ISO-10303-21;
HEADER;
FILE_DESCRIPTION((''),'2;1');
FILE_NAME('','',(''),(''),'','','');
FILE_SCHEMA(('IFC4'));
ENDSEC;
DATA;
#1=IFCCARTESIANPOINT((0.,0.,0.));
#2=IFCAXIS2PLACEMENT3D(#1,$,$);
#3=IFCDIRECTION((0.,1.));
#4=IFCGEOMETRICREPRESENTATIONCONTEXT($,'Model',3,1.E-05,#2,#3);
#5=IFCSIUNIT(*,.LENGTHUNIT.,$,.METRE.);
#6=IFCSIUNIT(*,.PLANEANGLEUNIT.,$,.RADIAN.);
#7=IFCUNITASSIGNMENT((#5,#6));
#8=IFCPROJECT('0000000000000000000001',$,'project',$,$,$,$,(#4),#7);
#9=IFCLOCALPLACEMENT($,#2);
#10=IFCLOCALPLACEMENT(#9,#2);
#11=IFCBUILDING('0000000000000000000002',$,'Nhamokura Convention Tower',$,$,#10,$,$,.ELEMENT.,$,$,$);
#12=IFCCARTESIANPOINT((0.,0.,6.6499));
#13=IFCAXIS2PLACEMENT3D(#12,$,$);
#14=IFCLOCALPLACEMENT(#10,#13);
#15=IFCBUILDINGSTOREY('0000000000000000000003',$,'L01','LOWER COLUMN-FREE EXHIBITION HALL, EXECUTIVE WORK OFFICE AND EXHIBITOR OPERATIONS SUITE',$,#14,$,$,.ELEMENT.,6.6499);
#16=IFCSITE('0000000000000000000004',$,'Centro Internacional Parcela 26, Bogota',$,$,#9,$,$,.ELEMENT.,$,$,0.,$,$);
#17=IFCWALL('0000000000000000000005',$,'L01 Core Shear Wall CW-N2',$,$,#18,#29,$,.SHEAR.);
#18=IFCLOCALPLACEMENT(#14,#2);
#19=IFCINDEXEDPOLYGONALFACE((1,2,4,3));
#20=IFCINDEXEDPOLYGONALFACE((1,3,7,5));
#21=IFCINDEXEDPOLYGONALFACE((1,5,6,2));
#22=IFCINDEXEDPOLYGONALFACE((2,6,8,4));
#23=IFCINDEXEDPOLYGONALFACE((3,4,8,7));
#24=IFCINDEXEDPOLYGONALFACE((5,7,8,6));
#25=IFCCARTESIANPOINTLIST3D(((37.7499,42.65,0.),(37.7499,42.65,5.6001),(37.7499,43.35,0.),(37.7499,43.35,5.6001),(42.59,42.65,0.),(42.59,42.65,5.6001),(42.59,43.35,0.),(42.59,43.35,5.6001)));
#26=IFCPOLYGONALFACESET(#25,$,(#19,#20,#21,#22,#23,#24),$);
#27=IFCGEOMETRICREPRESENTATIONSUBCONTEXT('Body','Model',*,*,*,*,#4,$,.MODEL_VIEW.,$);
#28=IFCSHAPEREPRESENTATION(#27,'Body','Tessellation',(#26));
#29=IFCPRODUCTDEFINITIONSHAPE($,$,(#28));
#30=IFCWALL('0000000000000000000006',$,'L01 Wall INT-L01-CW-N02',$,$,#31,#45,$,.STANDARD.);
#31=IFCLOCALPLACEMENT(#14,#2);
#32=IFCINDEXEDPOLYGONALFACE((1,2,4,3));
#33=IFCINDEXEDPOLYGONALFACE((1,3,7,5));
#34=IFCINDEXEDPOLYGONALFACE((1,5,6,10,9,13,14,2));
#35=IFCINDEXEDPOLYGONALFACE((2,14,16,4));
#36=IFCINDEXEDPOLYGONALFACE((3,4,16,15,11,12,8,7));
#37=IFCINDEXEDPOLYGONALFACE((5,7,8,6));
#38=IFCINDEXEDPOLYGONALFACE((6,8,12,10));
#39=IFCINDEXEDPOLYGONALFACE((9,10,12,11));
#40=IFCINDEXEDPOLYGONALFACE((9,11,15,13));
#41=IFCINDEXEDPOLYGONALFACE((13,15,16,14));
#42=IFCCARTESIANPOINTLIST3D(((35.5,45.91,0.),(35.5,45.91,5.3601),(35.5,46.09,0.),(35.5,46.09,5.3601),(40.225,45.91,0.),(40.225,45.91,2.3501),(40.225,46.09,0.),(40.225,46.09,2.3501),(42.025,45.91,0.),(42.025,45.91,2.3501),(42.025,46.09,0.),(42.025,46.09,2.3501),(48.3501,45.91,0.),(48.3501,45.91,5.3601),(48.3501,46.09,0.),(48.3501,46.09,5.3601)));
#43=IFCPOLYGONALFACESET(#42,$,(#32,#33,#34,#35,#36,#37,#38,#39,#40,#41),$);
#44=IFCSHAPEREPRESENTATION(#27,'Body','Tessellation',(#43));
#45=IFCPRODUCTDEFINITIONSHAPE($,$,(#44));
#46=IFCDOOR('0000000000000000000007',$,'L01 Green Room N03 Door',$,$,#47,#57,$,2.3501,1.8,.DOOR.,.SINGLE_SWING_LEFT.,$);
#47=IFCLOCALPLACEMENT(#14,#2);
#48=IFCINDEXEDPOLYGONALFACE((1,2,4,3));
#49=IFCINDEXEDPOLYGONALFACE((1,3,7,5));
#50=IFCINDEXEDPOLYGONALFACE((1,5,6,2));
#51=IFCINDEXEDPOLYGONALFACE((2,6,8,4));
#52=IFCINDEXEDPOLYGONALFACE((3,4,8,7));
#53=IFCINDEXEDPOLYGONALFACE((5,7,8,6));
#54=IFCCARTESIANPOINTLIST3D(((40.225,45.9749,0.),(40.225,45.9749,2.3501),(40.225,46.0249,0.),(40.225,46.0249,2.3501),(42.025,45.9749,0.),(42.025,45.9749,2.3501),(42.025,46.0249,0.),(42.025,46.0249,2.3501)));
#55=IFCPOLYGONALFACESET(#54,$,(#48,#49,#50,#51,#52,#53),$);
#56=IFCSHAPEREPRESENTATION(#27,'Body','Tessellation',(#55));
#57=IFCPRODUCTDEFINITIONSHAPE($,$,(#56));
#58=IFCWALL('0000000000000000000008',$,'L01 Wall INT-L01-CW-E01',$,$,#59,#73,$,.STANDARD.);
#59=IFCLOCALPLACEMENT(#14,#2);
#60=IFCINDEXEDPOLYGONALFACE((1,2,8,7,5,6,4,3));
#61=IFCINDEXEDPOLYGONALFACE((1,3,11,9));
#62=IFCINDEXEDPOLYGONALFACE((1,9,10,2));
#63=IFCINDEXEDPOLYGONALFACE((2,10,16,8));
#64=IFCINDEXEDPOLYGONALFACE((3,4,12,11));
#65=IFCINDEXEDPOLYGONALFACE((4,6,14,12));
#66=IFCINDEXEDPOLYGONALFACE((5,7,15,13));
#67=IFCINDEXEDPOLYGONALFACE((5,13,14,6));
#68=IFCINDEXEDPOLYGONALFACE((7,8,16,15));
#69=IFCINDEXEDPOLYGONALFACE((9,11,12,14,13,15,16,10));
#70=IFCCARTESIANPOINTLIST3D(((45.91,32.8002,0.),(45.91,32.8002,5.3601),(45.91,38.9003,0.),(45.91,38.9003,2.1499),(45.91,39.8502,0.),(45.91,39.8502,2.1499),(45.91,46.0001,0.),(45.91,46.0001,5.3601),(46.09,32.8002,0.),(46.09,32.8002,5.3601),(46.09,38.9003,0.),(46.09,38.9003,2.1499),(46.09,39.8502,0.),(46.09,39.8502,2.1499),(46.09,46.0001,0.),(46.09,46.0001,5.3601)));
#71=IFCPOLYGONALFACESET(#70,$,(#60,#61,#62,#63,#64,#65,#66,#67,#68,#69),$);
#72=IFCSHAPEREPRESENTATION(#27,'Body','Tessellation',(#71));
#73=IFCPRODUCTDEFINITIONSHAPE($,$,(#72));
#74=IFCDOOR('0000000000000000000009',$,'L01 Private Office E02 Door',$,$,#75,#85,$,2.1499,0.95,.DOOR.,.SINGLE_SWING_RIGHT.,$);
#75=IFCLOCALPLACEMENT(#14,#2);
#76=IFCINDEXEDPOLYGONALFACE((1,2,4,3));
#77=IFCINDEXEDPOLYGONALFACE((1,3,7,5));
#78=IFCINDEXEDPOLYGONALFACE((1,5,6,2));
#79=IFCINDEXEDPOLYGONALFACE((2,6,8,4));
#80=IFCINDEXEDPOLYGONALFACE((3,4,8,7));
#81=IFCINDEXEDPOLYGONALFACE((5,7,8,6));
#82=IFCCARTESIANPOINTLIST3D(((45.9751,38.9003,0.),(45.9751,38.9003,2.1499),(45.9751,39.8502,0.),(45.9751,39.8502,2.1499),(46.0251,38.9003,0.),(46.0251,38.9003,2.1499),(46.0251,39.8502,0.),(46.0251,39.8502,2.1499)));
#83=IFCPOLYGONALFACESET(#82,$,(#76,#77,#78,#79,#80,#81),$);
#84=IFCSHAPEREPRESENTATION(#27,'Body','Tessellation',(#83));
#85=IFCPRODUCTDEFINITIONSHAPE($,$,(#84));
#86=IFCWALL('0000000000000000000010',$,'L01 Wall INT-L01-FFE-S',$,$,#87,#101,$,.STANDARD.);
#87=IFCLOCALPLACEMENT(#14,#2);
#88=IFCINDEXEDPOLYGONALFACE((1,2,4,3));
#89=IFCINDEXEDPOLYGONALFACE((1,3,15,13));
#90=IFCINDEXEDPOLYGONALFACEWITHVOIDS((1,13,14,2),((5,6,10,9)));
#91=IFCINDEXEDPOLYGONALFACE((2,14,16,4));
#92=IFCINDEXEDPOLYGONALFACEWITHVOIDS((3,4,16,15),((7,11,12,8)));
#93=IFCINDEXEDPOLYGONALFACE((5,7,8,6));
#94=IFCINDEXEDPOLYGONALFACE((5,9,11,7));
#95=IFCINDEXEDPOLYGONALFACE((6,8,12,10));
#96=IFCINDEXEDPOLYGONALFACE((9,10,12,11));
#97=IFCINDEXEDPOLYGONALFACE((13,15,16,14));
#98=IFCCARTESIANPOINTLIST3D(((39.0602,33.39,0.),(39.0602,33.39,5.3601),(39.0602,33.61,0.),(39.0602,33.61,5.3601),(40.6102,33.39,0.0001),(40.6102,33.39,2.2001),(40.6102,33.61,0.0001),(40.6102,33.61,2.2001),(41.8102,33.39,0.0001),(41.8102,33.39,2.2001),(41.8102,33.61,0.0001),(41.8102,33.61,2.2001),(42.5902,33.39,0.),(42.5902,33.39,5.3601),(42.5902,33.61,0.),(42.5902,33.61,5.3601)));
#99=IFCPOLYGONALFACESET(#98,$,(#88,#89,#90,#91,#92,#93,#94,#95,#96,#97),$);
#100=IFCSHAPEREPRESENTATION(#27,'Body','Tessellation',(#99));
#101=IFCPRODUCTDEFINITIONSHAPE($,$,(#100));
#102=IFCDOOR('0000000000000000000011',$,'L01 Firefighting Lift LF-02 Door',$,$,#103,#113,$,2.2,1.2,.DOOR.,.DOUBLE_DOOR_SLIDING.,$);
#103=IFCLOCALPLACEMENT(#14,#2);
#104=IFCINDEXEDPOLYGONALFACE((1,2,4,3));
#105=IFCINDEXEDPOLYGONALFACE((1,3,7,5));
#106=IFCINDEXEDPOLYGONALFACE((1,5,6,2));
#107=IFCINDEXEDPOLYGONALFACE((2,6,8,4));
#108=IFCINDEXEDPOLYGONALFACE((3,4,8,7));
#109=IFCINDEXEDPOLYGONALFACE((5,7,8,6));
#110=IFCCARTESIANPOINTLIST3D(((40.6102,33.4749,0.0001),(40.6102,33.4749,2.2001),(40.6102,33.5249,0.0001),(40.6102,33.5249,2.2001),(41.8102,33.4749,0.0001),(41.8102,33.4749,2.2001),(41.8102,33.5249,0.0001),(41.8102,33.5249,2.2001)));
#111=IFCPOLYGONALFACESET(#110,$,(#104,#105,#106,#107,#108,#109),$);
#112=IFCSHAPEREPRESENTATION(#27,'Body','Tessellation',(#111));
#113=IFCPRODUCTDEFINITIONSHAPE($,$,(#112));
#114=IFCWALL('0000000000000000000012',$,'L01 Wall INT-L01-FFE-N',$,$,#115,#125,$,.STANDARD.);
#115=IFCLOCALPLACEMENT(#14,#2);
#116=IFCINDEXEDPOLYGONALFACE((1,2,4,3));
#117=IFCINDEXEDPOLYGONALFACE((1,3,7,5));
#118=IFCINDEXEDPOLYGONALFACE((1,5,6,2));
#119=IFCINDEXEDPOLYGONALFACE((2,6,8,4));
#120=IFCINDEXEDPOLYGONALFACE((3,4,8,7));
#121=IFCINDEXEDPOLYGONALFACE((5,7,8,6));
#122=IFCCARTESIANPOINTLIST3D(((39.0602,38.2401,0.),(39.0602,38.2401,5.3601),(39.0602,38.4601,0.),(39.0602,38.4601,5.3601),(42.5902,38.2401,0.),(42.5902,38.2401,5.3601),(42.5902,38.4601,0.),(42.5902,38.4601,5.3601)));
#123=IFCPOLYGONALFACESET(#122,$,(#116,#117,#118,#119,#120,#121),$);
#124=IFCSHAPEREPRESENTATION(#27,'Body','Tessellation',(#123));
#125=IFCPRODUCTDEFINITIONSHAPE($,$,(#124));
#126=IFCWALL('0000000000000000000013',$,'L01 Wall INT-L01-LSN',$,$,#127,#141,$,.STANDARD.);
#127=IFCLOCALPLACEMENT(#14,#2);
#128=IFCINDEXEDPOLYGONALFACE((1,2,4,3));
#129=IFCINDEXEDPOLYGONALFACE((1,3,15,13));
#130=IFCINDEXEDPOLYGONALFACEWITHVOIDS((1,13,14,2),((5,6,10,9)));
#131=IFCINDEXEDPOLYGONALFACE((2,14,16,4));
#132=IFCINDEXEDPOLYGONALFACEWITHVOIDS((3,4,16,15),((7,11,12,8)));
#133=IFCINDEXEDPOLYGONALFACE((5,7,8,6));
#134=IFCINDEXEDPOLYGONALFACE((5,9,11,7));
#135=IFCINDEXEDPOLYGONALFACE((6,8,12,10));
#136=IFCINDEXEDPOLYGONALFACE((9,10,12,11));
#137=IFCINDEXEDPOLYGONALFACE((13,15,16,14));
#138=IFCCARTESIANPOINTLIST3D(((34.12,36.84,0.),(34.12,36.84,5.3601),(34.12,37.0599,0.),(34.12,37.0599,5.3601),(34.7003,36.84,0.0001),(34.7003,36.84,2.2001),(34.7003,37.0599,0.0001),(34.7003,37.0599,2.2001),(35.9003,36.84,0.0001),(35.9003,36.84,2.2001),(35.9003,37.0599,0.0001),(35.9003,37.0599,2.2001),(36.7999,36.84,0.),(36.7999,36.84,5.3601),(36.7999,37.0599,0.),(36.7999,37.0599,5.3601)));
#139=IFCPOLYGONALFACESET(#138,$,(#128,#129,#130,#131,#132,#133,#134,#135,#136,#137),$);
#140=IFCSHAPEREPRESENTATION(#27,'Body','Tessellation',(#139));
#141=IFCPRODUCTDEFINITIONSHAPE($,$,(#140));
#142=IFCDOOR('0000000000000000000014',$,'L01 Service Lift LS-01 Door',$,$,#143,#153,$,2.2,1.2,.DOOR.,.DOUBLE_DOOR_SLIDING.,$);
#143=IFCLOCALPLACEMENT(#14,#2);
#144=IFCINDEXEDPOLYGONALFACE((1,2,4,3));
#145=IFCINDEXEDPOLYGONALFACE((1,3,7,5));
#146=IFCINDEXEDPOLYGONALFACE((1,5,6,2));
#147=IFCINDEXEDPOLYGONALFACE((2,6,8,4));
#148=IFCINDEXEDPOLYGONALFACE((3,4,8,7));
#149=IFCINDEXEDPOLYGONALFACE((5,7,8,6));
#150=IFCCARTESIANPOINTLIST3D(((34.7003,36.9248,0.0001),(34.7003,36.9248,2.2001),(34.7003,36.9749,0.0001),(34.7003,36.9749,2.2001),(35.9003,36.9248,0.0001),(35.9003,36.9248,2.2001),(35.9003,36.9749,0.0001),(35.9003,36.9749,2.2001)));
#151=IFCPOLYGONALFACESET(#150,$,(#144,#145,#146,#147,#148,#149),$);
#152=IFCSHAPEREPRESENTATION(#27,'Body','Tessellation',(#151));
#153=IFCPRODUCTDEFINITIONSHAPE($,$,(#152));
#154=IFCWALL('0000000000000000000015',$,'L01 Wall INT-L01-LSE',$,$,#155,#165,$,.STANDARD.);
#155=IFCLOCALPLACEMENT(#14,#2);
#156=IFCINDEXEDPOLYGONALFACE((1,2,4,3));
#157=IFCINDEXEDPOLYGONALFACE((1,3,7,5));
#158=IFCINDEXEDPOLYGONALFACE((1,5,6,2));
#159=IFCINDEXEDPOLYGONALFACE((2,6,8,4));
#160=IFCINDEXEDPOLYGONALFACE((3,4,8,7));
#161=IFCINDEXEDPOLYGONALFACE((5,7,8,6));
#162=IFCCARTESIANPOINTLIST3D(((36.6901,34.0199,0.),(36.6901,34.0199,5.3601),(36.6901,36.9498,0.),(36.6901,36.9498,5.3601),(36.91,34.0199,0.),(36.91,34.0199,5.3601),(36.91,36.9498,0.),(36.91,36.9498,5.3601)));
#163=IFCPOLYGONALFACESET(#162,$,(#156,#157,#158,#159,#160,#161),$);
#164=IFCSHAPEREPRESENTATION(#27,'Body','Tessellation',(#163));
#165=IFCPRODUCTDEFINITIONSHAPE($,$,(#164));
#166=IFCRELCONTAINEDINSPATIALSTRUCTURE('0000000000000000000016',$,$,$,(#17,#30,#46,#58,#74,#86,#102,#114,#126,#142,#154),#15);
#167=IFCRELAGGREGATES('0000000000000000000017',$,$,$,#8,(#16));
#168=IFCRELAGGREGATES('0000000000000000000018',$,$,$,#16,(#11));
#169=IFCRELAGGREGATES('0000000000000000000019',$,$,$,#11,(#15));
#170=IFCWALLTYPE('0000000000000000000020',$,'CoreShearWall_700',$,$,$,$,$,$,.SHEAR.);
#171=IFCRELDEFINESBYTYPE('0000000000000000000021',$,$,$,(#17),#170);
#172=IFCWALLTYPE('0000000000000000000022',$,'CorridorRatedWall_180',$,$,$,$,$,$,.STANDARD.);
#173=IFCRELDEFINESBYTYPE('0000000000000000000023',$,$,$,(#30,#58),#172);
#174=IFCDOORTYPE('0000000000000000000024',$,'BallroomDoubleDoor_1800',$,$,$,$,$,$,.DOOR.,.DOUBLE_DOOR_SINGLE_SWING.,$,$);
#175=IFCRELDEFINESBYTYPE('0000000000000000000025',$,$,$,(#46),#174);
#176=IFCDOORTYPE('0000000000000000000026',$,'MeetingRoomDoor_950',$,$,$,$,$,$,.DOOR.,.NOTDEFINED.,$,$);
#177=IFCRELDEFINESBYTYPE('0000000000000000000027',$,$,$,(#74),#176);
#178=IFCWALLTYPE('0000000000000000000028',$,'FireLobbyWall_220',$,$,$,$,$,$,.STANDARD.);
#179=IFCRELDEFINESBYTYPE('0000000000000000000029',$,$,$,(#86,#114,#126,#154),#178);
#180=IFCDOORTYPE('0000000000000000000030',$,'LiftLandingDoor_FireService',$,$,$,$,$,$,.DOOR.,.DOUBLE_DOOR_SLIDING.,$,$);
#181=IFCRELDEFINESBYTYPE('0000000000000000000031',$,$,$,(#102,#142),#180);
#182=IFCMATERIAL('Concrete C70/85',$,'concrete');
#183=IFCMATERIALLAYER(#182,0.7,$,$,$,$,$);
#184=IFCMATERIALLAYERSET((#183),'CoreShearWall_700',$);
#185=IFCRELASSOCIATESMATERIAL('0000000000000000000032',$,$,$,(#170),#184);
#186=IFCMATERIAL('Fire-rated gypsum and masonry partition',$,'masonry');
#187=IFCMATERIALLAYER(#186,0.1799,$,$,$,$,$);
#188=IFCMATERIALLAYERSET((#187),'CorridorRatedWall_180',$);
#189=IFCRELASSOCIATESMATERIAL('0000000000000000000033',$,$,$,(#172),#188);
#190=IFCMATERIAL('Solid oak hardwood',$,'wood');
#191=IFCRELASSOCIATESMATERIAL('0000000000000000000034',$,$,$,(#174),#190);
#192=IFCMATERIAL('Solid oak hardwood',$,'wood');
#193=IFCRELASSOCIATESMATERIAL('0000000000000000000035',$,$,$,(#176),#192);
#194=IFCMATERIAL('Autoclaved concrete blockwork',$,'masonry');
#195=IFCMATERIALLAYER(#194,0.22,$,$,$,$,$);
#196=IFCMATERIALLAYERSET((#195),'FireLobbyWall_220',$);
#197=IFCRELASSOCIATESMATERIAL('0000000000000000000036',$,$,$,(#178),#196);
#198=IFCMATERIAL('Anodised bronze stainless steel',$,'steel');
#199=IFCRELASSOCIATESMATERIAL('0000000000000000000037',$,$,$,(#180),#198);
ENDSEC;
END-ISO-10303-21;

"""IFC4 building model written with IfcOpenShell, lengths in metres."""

from ifc_helpers import new_model, si_unit, direction, frame, frame_2d, origin, place, context, subcontext, project, spatial, rectangle, extrude, material, layer, layer_set, type_object, element, fill, save


model = new_model("IFC4")

# Units and contexts
model_context = context("Model", 3, precision=1e-05, world=origin(), true_north=direction((0.0, 1.0)))
body_context = subcontext(model_context, "Body", "Model", "MODEL_VIEW")
ifc_project = project(units=[si_unit("LENGTHUNIT", "METRE"), si_unit("PLANEANGLEUNIT", "RADIAN")], contexts=[model_context])

# Site, building, storey
site_placement = place(None, origin())
site = spatial("IfcSite", under=ifc_project, at=site_placement, Name="Centro Internacional Parcela 26, Bogota", CompositionType="ELEMENT", RefElevation=0.0)
building_placement = place(site_placement, origin())
building = spatial("IfcBuilding", under=site, at=building_placement, Name="Nhamokura Convention Tower", CompositionType="ELEMENT")
storey_placement = place(building_placement, frame((0.0, 0.0, 6.6499)))
storey = spatial("IfcBuildingStorey", under=building, at=storey_placement, Name="L01", Description="LOWER COLUMN-FREE EXHIBITION HALL, EXECUTIVE WORK OFFICE AND EXHIBITOR OPERATIONS SUITE", CompositionType="ELEMENT", Elevation=6.6499)

# Wall
ifc_material_1 = material(Name="Concrete C70/85", Category="concrete")
ifc_layer_1 = layer(ifc_material_1, 0.7)
ifc_layer_set_1 = layer_set([ifc_layer_1], Name="CoreShearWall_700")
wall_type_1 = type_object("IfcWallType", Name="CoreShearWall_700", PredefinedType="SHEAR", material=ifc_layer_set_1)
wall_1_placement = place(storey_placement, frame((37.75, 43.0, 0.0), z_axis=(0.0, 0.0, 1.0), x_axis=(1.0, 0.0, 0.0)))
element("IfcWall", 1, at=wall_1_placement, inside=storey, type_object=wall_type_1, Name="L01 Core Shear Wall CW-N2", PredefinedType="SHEAR", context=body_context, shape_type="SweptSolid", body=[
    extrude(rectangle(XDim=4.8401, YDim=0.7, at=frame_2d((2.4199, 0.0))), origin(), (0.0, 0.0, 1.0), 5.6001),
])

# Walls, openings, doors
ifc_material_2 = material(Name="Fire-rated gypsum and masonry partition", Category="masonry")
ifc_layer_2 = layer(ifc_material_2, 0.1799)
ifc_layer_set_2 = layer_set([ifc_layer_2], Name="CorridorRatedWall_180")
wall_type_2 = type_object("IfcWallType", Name="CorridorRatedWall_180", PredefinedType="STANDARD", material=ifc_layer_set_2)
wall_2_placement = place(storey_placement, frame((35.5, 46.0, 0.0), z_axis=(0.0, 0.0, 1.0), x_axis=(1.0, 0.0, 0.0)))
wall_2 = element("IfcWall", 2, at=wall_2_placement, inside=storey, type_object=wall_type_2, Name="L01 Wall INT-L01-CW-N02", PredefinedType="STANDARD", context=body_context, shape_type="SweptSolid", body=[
    extrude(rectangle(XDim=12.8501, YDim=0.1799, at=frame_2d((6.425, 0.0))), origin(), (0.0, 0.0, 1.0), 5.3601),
])
opening_1_placement = place(wall_2_placement, frame((4.7251, 0.0, 0.0)))
opening_1 = element("IfcOpeningElement", 3, at=opening_1_placement, cuts=wall_2, PredefinedType="OPENING", context=body_context, shape_type="SweptSolid", body=[
    extrude(rectangle(XDim=1.8, YDim=2.3501, at=frame_2d((0.8999, 1.175))), frame((0.0, 0.0999, 0.0), z_axis=(0.0, -1.0, 0.0), x_axis=(1.0, 0.0, 0.0)), (0.0, 0.0, 1.0), 0.2),
])
ifc_material_3 = material(Name="Solid oak hardwood", Category="wood")
door_type_1 = type_object("IfcDoorType", Name="BallroomDoubleDoor_1800", OperationType="DOUBLE_DOOR_SINGLE_SWING", PredefinedType="DOOR", material=ifc_material_3)
door_1_placement = place(opening_1_placement, origin())
door_1 = element("IfcDoor", 4, at=door_1_placement, inside=storey, type_object=door_type_1, Name="L01 Green Room N03 Door", OperationType="SINGLE_SWING_LEFT", OverallHeight=2.3501, OverallWidth=1.8, PredefinedType="DOOR", context=body_context, shape_type="SweptSolid", body=[
    extrude(rectangle(XDim=1.8, YDim=2.3501, at=frame_2d((0.8999, 1.175))), frame((0.0, 0.0249, 0.0), z_axis=(0.0, -1.0, 0.0), x_axis=(1.0, 0.0, 0.0)), (0.0, 0.0, 1.0), 0.05),
])
fill(opening_1, door_1)
wall_3_placement = place(storey_placement, frame((46.0, 32.8, 0.0), z_axis=(0.0, 0.0, 1.0), x_axis=(0.0, 1.0, 0.0)))
wall_3 = element("IfcWall", 5, at=wall_3_placement, inside=storey, type_object=wall_type_2, Name="L01 Wall INT-L01-CW-E01", PredefinedType="STANDARD", context=body_context, shape_type="SweptSolid", body=[
    extrude(rectangle(XDim=13.2, YDim=0.1799, at=frame_2d((6.6001, 0.0))), origin(), (0.0, 0.0, 1.0), 5.3601),
])
opening_2_placement = place(wall_3_placement, frame((6.1001, 0.0, 0.0)))
opening_2 = element("IfcOpeningElement", 6, at=opening_2_placement, cuts=wall_3, PredefinedType="OPENING", context=body_context, shape_type="SweptSolid", body=[
    extrude(rectangle(XDim=0.95, YDim=2.1499, at=frame_2d((0.4751, 1.075))), frame((0.0, 0.0999, 0.0), z_axis=(0.0, -1.0, 0.0), x_axis=(1.0, 0.0, 0.0)), (0.0, 0.0, 1.0), 0.2),
])
ifc_material_4 = material(Name="Solid oak hardwood", Category="wood")
door_type_2 = type_object("IfcDoorType", Name="MeetingRoomDoor_950", OperationType="NOTDEFINED", PredefinedType="DOOR", material=ifc_material_4)
door_2_placement = place(opening_2_placement, origin())
door_2 = element("IfcDoor", 7, at=door_2_placement, inside=storey, type_object=door_type_2, Name="L01 Private Office E02 Door", OperationType="SINGLE_SWING_RIGHT", OverallHeight=2.1499, OverallWidth=0.95, PredefinedType="DOOR", context=body_context, shape_type="SweptSolid", body=[
    extrude(rectangle(XDim=0.95, YDim=2.1499, at=frame_2d((0.4751, 1.075))), frame((0.0, 0.0249, 0.0), z_axis=(0.0, -1.0, 0.0), x_axis=(1.0, 0.0, 0.0)), (0.0, 0.0, 1.0), 0.05),
])
fill(opening_2, door_2)
ifc_material_5 = material(Name="Autoclaved concrete blockwork", Category="masonry")
ifc_layer_3 = layer(ifc_material_5, 0.22)
ifc_layer_set_3 = layer_set([ifc_layer_3], Name="FireLobbyWall_220")
wall_type_3 = type_object("IfcWallType", Name="FireLobbyWall_220", PredefinedType="STANDARD", material=ifc_layer_set_3)
wall_4_placement = place(storey_placement, frame((39.0601, 33.5, 0.0), z_axis=(0.0, 0.0, 1.0), x_axis=(1.0, 0.0, 0.0)))
wall_4 = element("IfcWall", 8, at=wall_4_placement, inside=storey, type_object=wall_type_3, Name="L01 Wall INT-L01-FFE-S", PredefinedType="STANDARD", context=body_context, shape_type="SweptSolid", body=[
    extrude(rectangle(XDim=3.53, YDim=0.22, at=frame_2d((1.7651, 0.0))), origin(), (0.0, 0.0, 1.0), 5.3601),
])
opening_3_placement = place(wall_4_placement, frame((1.55, 0.0, 0.0)))
opening_3 = element("IfcOpeningElement", 9, at=opening_3_placement, cuts=wall_4, PredefinedType="OPENING", context=body_context, shape_type="SweptSolid", body=[
    extrude(rectangle(XDim=1.2, YDim=2.2, at=frame_2d((0.6001, 1.1001))), frame((0.0, 0.1199, 0.0), z_axis=(0.0, -1.0, 0.0), x_axis=(1.0, 0.0, 0.0)), (0.0, 0.0, 1.0), 0.24),
])
ifc_material_6 = material(Name="Anodised bronze stainless steel", Category="steel")
door_type_3 = type_object("IfcDoorType", Name="LiftLandingDoor_FireService", OperationType="DOUBLE_DOOR_SLIDING", PredefinedType="DOOR", material=ifc_material_6)
door_3_placement = place(opening_3_placement, origin())
door_3 = element("IfcDoor", 10, at=door_3_placement, inside=storey, type_object=door_type_3, Name="L01 Firefighting Lift LF-02 Door", OperationType="DOUBLE_DOOR_SLIDING", OverallHeight=2.2, OverallWidth=1.2, PredefinedType="DOOR", context=body_context, shape_type="SweptSolid", body=[
    extrude(rectangle(XDim=1.2, YDim=2.2, at=frame_2d((0.6001, 1.1001))), frame((0.0, 0.0249, 0.0), z_axis=(0.0, -1.0, 0.0), x_axis=(1.0, 0.0, 0.0)), (0.0, 0.0, 1.0), 0.05),
])
fill(opening_3, door_3)

# Wall
wall_5_placement = place(storey_placement, frame((39.0601, 38.3501, 0.0), z_axis=(0.0, 0.0, 1.0), x_axis=(1.0, 0.0, 0.0)))
element("IfcWall", 11, at=wall_5_placement, inside=storey, type_object=wall_type_3, Name="L01 Wall INT-L01-FFE-N", PredefinedType="STANDARD", context=body_context, shape_type="SweptSolid", body=[
    extrude(rectangle(XDim=3.53, YDim=0.22, at=frame_2d((1.7651, 0.0))), origin(), (0.0, 0.0, 1.0), 5.3601),
])

# Wall, opening, door
wall_6_placement = place(storey_placement, frame((34.1201, 36.95, 0.0), z_axis=(0.0, 0.0, 1.0), x_axis=(1.0, 0.0, 0.0)))
wall_6 = element("IfcWall", 12, at=wall_6_placement, inside=storey, type_object=wall_type_3, Name="L01 Wall INT-L01-LSN", PredefinedType="STANDARD", context=body_context, shape_type="SweptSolid", body=[
    extrude(rectangle(XDim=2.6799, YDim=0.22, at=frame_2d((1.3398, 0.0))), origin(), (0.0, 0.0, 1.0), 5.3601),
])
opening_4_placement = place(wall_6_placement, frame((0.5801, 0.0, 0.0)))
opening_4 = element("IfcOpeningElement", 13, at=opening_4_placement, cuts=wall_6, PredefinedType="OPENING", context=body_context, shape_type="SweptSolid", body=[
    extrude(rectangle(XDim=1.2, YDim=2.2, at=frame_2d((0.6001, 1.1001))), frame((0.0, 0.1199, 0.0), z_axis=(0.0, -1.0, 0.0), x_axis=(1.0, 0.0, 0.0)), (0.0, 0.0, 1.0), 0.24),
])
door_4_placement = place(opening_4_placement, origin())
door_4 = element("IfcDoor", 14, at=door_4_placement, inside=storey, type_object=door_type_3, Name="L01 Service Lift LS-01 Door", OperationType="DOUBLE_DOOR_SLIDING", OverallHeight=2.2, OverallWidth=1.2, PredefinedType="DOOR", context=body_context, shape_type="SweptSolid", body=[
    extrude(rectangle(XDim=1.2, YDim=2.2, at=frame_2d((0.6001, 1.1001))), frame((0.0, 0.0249, 0.0), z_axis=(0.0, -1.0, 0.0), x_axis=(1.0, 0.0, 0.0)), (0.0, 0.0, 1.0), 0.05),
])
fill(opening_4, door_4)

# Wall
wall_7_placement = place(storey_placement, frame((36.8, 34.02, 0.0), z_axis=(0.0, 0.0, 1.0), x_axis=(0.0, 1.0, 0.0)))
element("IfcWall", 15, at=wall_7_placement, inside=storey, type_object=wall_type_3, Name="L01 Wall INT-L01-LSE", PredefinedType="STANDARD", context=body_context, shape_type="SweptSolid", body=[
    extrude(rectangle(XDim=2.9299, YDim=0.22, at=frame_2d((1.4648, 0.0))), origin(), (0.0, 0.0, 1.0), 5.3601),
])

save(model, "model.ifc")
